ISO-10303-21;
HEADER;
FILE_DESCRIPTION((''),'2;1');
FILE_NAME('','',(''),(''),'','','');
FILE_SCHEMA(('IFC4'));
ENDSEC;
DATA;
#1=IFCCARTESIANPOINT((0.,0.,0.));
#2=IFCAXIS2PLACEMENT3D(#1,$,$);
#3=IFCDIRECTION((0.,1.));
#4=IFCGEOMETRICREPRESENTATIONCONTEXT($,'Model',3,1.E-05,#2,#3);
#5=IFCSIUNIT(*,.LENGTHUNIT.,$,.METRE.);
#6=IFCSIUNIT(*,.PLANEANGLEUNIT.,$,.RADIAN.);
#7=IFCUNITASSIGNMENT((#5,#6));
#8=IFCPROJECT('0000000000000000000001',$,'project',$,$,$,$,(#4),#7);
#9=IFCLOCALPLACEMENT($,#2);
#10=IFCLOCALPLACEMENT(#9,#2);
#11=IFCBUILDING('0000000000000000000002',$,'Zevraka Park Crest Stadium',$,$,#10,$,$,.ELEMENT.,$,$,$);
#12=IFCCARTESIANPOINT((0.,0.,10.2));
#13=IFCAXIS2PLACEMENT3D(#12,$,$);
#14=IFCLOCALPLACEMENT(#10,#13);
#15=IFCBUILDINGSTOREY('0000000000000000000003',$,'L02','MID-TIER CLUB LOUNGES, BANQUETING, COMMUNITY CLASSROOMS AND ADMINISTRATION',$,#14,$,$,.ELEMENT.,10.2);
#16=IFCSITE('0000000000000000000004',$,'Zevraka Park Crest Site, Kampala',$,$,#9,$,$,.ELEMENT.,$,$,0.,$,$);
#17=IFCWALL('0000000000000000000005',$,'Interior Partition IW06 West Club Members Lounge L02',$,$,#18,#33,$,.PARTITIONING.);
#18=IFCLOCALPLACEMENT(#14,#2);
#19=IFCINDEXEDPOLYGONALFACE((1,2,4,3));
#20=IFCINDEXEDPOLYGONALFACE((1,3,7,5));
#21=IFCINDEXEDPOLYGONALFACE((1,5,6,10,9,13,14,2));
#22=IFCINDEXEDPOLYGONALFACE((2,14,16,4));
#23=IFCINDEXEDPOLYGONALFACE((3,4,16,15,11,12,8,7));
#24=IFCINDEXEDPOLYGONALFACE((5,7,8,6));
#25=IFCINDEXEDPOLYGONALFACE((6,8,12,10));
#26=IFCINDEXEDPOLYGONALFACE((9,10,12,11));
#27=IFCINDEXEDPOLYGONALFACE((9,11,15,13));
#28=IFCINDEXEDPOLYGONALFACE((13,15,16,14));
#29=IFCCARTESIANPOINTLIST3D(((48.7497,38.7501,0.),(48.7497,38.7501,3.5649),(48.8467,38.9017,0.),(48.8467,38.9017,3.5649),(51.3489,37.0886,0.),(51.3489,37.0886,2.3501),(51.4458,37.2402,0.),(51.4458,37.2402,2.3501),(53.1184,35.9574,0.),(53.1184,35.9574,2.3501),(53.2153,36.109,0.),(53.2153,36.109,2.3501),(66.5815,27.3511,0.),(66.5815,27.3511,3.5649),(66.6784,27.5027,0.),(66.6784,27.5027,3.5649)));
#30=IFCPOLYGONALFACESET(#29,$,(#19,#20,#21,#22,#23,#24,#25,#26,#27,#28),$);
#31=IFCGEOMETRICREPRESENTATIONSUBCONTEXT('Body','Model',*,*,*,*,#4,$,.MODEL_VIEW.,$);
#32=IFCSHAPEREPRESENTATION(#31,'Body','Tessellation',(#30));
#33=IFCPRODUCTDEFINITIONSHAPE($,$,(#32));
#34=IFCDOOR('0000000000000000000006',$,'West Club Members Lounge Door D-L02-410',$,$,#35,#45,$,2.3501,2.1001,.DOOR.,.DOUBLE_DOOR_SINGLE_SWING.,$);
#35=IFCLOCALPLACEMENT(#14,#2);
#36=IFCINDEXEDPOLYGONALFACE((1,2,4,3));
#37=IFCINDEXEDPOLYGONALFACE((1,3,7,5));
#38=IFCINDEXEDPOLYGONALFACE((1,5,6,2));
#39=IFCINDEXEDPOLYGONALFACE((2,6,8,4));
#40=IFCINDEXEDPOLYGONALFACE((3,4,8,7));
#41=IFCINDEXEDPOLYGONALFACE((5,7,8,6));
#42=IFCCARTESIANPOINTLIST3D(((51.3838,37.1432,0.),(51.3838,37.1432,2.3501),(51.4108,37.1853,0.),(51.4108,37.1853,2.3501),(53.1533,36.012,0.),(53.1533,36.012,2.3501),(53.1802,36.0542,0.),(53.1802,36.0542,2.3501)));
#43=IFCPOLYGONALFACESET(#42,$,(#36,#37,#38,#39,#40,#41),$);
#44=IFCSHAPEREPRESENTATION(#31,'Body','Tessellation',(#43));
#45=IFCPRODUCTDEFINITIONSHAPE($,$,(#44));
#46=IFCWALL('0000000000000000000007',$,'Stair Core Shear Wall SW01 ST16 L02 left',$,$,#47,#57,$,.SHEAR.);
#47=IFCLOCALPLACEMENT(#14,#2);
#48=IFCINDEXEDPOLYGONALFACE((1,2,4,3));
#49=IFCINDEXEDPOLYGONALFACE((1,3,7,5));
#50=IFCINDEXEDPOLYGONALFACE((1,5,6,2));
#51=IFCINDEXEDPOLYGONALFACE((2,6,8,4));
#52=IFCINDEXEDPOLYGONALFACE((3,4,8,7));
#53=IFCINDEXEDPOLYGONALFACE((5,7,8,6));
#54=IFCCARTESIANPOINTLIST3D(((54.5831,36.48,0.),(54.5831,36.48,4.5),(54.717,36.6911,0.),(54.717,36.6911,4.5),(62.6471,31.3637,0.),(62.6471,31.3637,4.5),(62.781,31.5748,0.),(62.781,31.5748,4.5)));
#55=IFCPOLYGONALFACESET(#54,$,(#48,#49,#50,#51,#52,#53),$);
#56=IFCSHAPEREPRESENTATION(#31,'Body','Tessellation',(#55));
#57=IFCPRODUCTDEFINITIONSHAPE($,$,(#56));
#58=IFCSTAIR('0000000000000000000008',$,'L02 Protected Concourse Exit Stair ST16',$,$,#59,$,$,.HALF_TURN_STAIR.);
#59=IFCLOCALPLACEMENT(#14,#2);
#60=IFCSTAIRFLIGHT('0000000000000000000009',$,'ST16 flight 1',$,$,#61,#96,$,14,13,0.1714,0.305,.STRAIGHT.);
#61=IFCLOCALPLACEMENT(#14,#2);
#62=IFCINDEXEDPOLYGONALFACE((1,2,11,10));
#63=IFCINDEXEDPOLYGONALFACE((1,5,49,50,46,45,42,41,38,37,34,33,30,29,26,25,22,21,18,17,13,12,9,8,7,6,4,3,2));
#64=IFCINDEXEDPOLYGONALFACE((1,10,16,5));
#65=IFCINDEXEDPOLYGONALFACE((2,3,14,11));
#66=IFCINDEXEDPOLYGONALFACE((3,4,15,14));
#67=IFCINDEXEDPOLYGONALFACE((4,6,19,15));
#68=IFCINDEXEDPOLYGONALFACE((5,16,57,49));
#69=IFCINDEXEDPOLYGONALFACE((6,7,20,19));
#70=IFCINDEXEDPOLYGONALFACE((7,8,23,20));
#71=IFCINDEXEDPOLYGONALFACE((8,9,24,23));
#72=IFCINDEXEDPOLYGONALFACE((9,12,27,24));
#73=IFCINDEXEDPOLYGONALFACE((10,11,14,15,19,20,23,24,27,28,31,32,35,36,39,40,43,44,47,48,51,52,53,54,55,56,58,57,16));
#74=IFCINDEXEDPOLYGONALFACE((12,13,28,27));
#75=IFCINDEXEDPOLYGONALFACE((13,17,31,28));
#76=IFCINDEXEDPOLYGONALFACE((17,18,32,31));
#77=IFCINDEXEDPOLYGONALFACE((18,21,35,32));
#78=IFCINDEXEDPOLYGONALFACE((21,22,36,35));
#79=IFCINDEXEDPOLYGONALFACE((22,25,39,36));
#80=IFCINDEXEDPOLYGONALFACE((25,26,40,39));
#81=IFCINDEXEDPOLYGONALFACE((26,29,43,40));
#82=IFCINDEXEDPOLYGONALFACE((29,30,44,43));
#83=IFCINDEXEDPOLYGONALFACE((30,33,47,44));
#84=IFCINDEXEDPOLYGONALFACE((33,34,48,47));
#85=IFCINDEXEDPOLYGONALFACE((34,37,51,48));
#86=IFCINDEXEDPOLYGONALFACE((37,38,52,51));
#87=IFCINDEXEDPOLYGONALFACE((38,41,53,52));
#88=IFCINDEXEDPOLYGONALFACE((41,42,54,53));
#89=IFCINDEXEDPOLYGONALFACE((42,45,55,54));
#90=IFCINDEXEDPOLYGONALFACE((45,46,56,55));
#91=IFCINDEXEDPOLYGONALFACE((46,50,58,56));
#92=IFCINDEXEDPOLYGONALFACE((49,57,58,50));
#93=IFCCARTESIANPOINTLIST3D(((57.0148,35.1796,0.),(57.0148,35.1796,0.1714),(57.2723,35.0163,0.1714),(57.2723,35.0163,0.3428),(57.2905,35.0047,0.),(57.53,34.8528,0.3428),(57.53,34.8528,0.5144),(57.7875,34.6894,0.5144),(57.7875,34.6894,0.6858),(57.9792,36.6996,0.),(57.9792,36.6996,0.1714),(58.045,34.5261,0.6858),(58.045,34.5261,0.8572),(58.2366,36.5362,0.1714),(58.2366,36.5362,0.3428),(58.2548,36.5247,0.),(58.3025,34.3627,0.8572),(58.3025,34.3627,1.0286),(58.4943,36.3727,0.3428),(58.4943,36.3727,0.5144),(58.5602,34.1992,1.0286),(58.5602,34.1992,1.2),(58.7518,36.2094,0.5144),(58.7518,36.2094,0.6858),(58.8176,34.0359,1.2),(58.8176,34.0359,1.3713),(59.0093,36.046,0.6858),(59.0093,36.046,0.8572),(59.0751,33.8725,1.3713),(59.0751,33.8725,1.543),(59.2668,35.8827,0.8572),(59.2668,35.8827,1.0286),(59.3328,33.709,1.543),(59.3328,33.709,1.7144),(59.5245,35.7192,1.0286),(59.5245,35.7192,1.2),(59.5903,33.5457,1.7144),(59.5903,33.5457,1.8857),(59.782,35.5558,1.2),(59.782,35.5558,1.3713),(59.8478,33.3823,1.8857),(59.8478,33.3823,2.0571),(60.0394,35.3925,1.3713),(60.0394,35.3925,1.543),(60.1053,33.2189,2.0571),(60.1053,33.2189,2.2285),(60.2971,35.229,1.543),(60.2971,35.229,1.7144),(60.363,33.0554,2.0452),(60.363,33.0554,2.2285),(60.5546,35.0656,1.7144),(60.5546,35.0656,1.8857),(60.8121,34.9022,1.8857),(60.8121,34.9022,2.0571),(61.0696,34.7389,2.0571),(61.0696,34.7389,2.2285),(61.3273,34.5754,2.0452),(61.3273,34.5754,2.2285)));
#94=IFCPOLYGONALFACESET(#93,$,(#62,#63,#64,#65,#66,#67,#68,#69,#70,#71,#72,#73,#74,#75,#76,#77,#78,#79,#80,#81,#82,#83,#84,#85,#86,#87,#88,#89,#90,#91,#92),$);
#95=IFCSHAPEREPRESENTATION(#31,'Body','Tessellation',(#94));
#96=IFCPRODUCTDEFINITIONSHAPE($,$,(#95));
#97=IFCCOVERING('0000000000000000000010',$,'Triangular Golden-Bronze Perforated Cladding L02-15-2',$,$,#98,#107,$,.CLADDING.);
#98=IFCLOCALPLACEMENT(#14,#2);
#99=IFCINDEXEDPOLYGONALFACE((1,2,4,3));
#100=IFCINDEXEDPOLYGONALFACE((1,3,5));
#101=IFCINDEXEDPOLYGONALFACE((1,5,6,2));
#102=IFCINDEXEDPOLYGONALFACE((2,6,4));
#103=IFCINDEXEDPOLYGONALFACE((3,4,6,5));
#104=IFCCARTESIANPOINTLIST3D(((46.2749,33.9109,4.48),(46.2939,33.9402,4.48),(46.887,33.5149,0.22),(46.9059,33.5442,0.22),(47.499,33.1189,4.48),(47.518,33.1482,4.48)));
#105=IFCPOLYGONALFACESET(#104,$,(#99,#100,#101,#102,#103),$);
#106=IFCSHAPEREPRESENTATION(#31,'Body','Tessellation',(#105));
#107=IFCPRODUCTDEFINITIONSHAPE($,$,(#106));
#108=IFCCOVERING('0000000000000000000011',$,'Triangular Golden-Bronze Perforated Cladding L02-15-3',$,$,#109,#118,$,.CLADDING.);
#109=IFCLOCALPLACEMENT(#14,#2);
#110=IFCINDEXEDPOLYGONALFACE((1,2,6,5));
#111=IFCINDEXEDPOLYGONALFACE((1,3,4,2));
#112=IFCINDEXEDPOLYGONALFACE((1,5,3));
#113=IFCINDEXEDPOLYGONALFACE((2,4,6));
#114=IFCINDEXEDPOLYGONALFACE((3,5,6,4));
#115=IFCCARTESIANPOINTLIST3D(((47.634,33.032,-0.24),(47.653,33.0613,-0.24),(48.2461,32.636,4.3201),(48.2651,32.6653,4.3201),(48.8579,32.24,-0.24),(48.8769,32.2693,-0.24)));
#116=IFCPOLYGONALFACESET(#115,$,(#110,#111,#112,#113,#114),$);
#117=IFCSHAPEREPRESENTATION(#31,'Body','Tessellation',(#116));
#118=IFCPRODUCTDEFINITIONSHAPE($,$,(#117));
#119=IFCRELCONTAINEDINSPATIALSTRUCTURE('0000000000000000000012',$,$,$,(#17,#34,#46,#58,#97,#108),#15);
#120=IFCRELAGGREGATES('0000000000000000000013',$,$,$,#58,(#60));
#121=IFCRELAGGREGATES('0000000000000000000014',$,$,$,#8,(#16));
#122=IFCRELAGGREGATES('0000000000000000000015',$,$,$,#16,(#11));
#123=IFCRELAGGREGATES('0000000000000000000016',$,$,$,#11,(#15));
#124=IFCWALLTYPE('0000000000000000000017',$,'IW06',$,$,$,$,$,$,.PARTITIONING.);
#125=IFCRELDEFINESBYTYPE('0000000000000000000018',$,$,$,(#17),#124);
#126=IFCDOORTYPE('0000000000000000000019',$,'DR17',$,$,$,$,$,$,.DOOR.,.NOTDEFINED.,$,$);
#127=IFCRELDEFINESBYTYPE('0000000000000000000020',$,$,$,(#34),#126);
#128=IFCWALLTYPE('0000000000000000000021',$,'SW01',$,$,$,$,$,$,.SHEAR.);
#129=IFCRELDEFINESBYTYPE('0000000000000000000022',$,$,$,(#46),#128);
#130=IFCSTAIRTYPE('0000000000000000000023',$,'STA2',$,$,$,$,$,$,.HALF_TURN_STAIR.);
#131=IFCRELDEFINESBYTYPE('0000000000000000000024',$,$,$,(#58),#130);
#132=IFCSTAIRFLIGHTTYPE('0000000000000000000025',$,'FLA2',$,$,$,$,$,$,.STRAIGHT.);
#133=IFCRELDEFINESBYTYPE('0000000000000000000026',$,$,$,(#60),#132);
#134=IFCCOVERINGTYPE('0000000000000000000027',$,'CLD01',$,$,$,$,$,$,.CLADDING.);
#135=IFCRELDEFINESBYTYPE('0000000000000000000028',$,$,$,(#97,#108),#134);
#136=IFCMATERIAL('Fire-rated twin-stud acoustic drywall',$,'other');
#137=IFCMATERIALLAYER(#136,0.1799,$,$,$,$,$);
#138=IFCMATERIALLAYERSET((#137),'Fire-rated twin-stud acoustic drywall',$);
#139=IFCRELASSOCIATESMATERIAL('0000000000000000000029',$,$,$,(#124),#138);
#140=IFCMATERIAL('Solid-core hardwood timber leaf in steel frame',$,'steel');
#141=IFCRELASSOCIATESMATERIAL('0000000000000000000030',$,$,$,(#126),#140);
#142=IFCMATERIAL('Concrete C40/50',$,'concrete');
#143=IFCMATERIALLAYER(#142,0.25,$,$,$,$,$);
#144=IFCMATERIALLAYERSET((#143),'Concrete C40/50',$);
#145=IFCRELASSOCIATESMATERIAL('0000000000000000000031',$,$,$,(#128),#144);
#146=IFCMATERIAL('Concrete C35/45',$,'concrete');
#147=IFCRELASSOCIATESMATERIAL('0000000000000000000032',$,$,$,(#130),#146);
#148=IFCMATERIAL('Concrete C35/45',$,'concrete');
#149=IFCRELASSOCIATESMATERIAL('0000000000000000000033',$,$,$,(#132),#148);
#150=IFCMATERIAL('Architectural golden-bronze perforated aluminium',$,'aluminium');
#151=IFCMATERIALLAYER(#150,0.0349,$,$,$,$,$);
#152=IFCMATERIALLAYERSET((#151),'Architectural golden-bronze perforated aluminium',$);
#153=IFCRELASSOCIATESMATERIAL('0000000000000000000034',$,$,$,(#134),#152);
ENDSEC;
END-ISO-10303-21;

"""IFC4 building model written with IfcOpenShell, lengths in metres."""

from ifc_helpers import new_model, si_unit, direction, frame, frame_2d, origin, place, context, subcontext, project, spatial, polyline, rectangle, outline, extrude, material, layer, layer_set, type_object, element, fill, aggregate, save


model = new_model("IFC4")

# Units and contexts
model_context = context("Model", 3, precision=1e-05, world=origin(), true_north=direction((0.0, 1.0)))
body_context = subcontext(model_context, "Body", "Model", "MODEL_VIEW")
ifc_project = project(units=[si_unit("LENGTHUNIT", "METRE"), si_unit("PLANEANGLEUNIT", "RADIAN")], contexts=[model_context])

# Site, building, storey
site_placement = place(None, origin())
site = spatial("IfcSite", under=ifc_project, at=site_placement, Name="Zevraka Park Crest Site, Kampala", CompositionType="ELEMENT", RefElevation=0.0)
building_placement = place(site_placement, origin())
building = spatial("IfcBuilding", under=site, at=building_placement, Name="Zevraka Park Crest Stadium", CompositionType="ELEMENT")
storey_placement = place(building_placement, frame((0.0, 0.0, 10.2)))
storey = spatial("IfcBuildingStorey", under=building, at=storey_placement, Name="L02", Description="MID-TIER CLUB LOUNGES, BANQUETING, COMMUNITY CLASSROOMS AND ADMINISTRATION", CompositionType="ELEMENT", Elevation=10.2)

# Wall, opening, door
ifc_material_1 = material(Name="Fire-rated twin-stud acoustic drywall", Category="other")
ifc_layer_1 = layer(ifc_material_1, 0.1799)
ifc_layer_set_1 = layer_set([ifc_layer_1], Name="Fire-rated twin-stud acoustic drywall")
wall_type_1 = type_object("IfcWallType", Name="IW06", PredefinedType="PARTITIONING", material=ifc_layer_set_1)
wall_1_placement = place(storey_placement, frame((48.7981, 38.8259, 0.0), z_axis=(0.0, 0.0, 1.0), x_axis=(0.842559, -0.538604, 0.0)))
wall_1 = element("IfcWall", 1, at=wall_1_placement, inside=storey, type_object=wall_type_1, Name="Interior Partition IW06 West Club Members Lounge L02", PredefinedType="PARTITIONING", context=body_context, shape_type="SweptSolid", body=[
    extrude(rectangle(XDim=21.1638, YDim=0.1799, at=frame_2d((10.582, 0.0))), origin(), (0.0, 0.0, 1.0), 3.5649),
])
opening_placement = place(wall_1_placement, frame((3.085, 0.0, 0.0)))
opening = element("IfcOpeningElement", 2, at=opening_placement, cuts=wall_1, PredefinedType="OPENING", context=body_context, shape_type="SweptSolid", body=[
    extrude(rectangle(XDim=2.1001, YDim=2.3501, at=frame_2d((1.05, 1.175))), frame((0.0, 0.0999, 0.0), z_axis=(0.0, -1.0, 0.0), x_axis=(1.0, 0.0, 0.0)), (0.0, 0.0, 1.0), 0.2),
])
ifc_material_2 = material(Name="Solid-core hardwood timber leaf in steel frame", Category="steel")
door_type = type_object("IfcDoorType", Name="DR17", OperationType="NOTDEFINED", PredefinedType="DOOR", material=ifc_material_2)
door_placement = place(opening_placement, origin())
door = element("IfcDoor", 3, at=door_placement, inside=storey, type_object=door_type, Name="West Club Members Lounge Door D-L02-410", OperationType="DOUBLE_DOOR_SINGLE_SWING", OverallHeight=2.3501, OverallWidth=2.1001, PredefinedType="DOOR", context=body_context, shape_type="SweptSolid", body=[
    extrude(rectangle(XDim=2.1001, YDim=2.3501, at=frame_2d((1.05, 1.175))), frame((0.0, 0.0249, 0.0), z_axis=(0.0, -1.0, 0.0), x_axis=(1.0, 0.0, 0.0)), (0.0, 0.0, 1.0), 0.05),
])
fill(opening, door)

# Wall
ifc_material_3 = material(Name="Concrete C40/50", Category="concrete")
ifc_layer_2 = layer(ifc_material_3, 0.25)
ifc_layer_set_2 = layer_set([ifc_layer_2], Name="Concrete C40/50")
wall_type_2 = type_object("IfcWallType", Name="SW01", PredefinedType="SHEAR", material=ifc_layer_set_2)
wall_2_placement = place(storey_placement, frame((54.6501, 36.5854, 0.0), z_axis=(0.0, 0.0, 1.0), x_axis=(0.844391, -0.535727, 0.0)))
element("IfcWall", 4, at=wall_2_placement, inside=storey, type_object=wall_type_2, Name="Stair Core Shear Wall SW01 ST16 L02 left", PredefinedType="SHEAR", context=body_context, shape_type="SweptSolid", body=[
    extrude(rectangle(XDim=9.55, YDim=0.25, at=frame_2d((4.7749, 0.0))), origin(), (0.0, 0.0, 1.0), 4.5),
])

# Stair, stair flight
ifc_material_4 = material(Name="Concrete C35/45", Category="concrete")
stair_type = type_object("IfcStairType", Name="STA2", PredefinedType="HALF_TURN_STAIR", material=ifc_material_4)
stair_placement = place(storey_placement, origin())
stair = element("IfcStair", 5, at=stair_placement, inside=storey, type_object=stair_type, Name="L02 Protected Concourse Exit Stair ST16", PredefinedType="HALF_TURN_STAIR")
ifc_material_5 = material(Name="Concrete C35/45", Category="concrete")
stair_flight_type = type_object("IfcStairFlightType", Name="FLA2", PredefinedType="STRAIGHT", material=ifc_material_5)
stair_flight_placement = place(storey_placement, frame((57.4971, 35.9397, 0.0), z_axis=(0.0, 0.0, 1.0), x_axis=(0.844397, -0.535718, 0.0)))
stair_flight = element("IfcStairFlight", 6, at=stair_flight_placement, type_object=stair_flight_type, Name="ST16 flight 1", NumberOfRisers=14, NumberOfTreads=13, PredefinedType="STRAIGHT", RiserHeight=0.1714, TreadLength=0.305, context=body_context, shape_type="SweptSolid", body=[
    extrude(outline(polyline([(0.0, 0.0), (0.0, 0.1714), (0.3049, 0.1714), (0.3049, 0.3428), (0.6101, 0.3428), (0.6101, 0.5144), (0.915, 0.5144), (0.915, 0.6858), (1.22, 0.6858), (1.22, 0.8572), (1.5249, 0.8572), (1.5249, 1.0286), (1.8301, 1.0286), (1.8301, 1.2), (2.135, 1.2), (2.135, 1.3713), (2.4399, 1.3713), (2.4399, 1.543), (2.7451, 1.543), (2.7451, 1.7144), (3.05, 1.7144), (3.05, 1.8857), (3.355, 1.8857), (3.355, 2.0571), (3.6599, 2.0571), (3.6599, 2.2285), (3.9651, 2.2285), (3.9651, 2.3999), (3.9651, 2.0452), (0.3264, 0.0), (0.0, 0.0)])), frame((0.0, 0.8999, 0.0), z_axis=(0.0, -1.0, 0.0), x_axis=(1.0, 0.0, 0.0)), (0.0, 0.0, 1.0), 1.8),
])
aggregate(stair, [stair_flight])

# Coverings
ifc_material_6 = material(Name="Architectural golden-bronze perforated aluminium", Category="aluminium")
ifc_layer_3 = layer(ifc_material_6, 0.0349)
ifc_layer_set_3 = layer_set([ifc_layer_3], Name="Architectural golden-bronze perforated aluminium")
covering_type = type_object("IfcCoveringType", Name="CLD01", PredefinedType="CLADDING", material=ifc_layer_set_3)
covering_1_placement = place(storey_placement, frame((47.499, 33.1189, 4.48), z_axis=(-0.54321, -0.839597, 0.0), x_axis=(-0.839597, 0.54321, 0.0)))
element("IfcCovering", 7, at=covering_1_placement, inside=storey, type_object=covering_type, Name="Triangular Golden-Bronze Perforated Cladding L02-15-2", PredefinedType="CLADDING", context=body_context, shape_type="SweptSolid", body=[
    extrude(outline(polyline([(0.0, 0.0), (1.458, 0.0), (0.729, 4.26), (0.0, 0.0)])), origin(), (0.0, 0.0, -1.0), 0.0349),
])
covering_2_placement = place(storey_placement, frame((47.634, 33.032, -0.24), z_axis=(-0.543286, -0.839548, 0.000015), x_axis=(0.839548, -0.543286, 0.0)))
element("IfcCovering", 8, at=covering_2_placement, inside=storey, type_object=covering_type, Name="Triangular Golden-Bronze Perforated Cladding L02-15-3", PredefinedType="CLADDING", context=body_context, shape_type="SweptSolid", body=[
    extrude(outline(polyline([(0.0, 0.0), (1.4578, 0.0), (0.729, 4.5601), (0.0, 0.0)])), origin(), (0.0, 0.0, -1.0), 0.0349),
])

save(model, "model.ifc")
